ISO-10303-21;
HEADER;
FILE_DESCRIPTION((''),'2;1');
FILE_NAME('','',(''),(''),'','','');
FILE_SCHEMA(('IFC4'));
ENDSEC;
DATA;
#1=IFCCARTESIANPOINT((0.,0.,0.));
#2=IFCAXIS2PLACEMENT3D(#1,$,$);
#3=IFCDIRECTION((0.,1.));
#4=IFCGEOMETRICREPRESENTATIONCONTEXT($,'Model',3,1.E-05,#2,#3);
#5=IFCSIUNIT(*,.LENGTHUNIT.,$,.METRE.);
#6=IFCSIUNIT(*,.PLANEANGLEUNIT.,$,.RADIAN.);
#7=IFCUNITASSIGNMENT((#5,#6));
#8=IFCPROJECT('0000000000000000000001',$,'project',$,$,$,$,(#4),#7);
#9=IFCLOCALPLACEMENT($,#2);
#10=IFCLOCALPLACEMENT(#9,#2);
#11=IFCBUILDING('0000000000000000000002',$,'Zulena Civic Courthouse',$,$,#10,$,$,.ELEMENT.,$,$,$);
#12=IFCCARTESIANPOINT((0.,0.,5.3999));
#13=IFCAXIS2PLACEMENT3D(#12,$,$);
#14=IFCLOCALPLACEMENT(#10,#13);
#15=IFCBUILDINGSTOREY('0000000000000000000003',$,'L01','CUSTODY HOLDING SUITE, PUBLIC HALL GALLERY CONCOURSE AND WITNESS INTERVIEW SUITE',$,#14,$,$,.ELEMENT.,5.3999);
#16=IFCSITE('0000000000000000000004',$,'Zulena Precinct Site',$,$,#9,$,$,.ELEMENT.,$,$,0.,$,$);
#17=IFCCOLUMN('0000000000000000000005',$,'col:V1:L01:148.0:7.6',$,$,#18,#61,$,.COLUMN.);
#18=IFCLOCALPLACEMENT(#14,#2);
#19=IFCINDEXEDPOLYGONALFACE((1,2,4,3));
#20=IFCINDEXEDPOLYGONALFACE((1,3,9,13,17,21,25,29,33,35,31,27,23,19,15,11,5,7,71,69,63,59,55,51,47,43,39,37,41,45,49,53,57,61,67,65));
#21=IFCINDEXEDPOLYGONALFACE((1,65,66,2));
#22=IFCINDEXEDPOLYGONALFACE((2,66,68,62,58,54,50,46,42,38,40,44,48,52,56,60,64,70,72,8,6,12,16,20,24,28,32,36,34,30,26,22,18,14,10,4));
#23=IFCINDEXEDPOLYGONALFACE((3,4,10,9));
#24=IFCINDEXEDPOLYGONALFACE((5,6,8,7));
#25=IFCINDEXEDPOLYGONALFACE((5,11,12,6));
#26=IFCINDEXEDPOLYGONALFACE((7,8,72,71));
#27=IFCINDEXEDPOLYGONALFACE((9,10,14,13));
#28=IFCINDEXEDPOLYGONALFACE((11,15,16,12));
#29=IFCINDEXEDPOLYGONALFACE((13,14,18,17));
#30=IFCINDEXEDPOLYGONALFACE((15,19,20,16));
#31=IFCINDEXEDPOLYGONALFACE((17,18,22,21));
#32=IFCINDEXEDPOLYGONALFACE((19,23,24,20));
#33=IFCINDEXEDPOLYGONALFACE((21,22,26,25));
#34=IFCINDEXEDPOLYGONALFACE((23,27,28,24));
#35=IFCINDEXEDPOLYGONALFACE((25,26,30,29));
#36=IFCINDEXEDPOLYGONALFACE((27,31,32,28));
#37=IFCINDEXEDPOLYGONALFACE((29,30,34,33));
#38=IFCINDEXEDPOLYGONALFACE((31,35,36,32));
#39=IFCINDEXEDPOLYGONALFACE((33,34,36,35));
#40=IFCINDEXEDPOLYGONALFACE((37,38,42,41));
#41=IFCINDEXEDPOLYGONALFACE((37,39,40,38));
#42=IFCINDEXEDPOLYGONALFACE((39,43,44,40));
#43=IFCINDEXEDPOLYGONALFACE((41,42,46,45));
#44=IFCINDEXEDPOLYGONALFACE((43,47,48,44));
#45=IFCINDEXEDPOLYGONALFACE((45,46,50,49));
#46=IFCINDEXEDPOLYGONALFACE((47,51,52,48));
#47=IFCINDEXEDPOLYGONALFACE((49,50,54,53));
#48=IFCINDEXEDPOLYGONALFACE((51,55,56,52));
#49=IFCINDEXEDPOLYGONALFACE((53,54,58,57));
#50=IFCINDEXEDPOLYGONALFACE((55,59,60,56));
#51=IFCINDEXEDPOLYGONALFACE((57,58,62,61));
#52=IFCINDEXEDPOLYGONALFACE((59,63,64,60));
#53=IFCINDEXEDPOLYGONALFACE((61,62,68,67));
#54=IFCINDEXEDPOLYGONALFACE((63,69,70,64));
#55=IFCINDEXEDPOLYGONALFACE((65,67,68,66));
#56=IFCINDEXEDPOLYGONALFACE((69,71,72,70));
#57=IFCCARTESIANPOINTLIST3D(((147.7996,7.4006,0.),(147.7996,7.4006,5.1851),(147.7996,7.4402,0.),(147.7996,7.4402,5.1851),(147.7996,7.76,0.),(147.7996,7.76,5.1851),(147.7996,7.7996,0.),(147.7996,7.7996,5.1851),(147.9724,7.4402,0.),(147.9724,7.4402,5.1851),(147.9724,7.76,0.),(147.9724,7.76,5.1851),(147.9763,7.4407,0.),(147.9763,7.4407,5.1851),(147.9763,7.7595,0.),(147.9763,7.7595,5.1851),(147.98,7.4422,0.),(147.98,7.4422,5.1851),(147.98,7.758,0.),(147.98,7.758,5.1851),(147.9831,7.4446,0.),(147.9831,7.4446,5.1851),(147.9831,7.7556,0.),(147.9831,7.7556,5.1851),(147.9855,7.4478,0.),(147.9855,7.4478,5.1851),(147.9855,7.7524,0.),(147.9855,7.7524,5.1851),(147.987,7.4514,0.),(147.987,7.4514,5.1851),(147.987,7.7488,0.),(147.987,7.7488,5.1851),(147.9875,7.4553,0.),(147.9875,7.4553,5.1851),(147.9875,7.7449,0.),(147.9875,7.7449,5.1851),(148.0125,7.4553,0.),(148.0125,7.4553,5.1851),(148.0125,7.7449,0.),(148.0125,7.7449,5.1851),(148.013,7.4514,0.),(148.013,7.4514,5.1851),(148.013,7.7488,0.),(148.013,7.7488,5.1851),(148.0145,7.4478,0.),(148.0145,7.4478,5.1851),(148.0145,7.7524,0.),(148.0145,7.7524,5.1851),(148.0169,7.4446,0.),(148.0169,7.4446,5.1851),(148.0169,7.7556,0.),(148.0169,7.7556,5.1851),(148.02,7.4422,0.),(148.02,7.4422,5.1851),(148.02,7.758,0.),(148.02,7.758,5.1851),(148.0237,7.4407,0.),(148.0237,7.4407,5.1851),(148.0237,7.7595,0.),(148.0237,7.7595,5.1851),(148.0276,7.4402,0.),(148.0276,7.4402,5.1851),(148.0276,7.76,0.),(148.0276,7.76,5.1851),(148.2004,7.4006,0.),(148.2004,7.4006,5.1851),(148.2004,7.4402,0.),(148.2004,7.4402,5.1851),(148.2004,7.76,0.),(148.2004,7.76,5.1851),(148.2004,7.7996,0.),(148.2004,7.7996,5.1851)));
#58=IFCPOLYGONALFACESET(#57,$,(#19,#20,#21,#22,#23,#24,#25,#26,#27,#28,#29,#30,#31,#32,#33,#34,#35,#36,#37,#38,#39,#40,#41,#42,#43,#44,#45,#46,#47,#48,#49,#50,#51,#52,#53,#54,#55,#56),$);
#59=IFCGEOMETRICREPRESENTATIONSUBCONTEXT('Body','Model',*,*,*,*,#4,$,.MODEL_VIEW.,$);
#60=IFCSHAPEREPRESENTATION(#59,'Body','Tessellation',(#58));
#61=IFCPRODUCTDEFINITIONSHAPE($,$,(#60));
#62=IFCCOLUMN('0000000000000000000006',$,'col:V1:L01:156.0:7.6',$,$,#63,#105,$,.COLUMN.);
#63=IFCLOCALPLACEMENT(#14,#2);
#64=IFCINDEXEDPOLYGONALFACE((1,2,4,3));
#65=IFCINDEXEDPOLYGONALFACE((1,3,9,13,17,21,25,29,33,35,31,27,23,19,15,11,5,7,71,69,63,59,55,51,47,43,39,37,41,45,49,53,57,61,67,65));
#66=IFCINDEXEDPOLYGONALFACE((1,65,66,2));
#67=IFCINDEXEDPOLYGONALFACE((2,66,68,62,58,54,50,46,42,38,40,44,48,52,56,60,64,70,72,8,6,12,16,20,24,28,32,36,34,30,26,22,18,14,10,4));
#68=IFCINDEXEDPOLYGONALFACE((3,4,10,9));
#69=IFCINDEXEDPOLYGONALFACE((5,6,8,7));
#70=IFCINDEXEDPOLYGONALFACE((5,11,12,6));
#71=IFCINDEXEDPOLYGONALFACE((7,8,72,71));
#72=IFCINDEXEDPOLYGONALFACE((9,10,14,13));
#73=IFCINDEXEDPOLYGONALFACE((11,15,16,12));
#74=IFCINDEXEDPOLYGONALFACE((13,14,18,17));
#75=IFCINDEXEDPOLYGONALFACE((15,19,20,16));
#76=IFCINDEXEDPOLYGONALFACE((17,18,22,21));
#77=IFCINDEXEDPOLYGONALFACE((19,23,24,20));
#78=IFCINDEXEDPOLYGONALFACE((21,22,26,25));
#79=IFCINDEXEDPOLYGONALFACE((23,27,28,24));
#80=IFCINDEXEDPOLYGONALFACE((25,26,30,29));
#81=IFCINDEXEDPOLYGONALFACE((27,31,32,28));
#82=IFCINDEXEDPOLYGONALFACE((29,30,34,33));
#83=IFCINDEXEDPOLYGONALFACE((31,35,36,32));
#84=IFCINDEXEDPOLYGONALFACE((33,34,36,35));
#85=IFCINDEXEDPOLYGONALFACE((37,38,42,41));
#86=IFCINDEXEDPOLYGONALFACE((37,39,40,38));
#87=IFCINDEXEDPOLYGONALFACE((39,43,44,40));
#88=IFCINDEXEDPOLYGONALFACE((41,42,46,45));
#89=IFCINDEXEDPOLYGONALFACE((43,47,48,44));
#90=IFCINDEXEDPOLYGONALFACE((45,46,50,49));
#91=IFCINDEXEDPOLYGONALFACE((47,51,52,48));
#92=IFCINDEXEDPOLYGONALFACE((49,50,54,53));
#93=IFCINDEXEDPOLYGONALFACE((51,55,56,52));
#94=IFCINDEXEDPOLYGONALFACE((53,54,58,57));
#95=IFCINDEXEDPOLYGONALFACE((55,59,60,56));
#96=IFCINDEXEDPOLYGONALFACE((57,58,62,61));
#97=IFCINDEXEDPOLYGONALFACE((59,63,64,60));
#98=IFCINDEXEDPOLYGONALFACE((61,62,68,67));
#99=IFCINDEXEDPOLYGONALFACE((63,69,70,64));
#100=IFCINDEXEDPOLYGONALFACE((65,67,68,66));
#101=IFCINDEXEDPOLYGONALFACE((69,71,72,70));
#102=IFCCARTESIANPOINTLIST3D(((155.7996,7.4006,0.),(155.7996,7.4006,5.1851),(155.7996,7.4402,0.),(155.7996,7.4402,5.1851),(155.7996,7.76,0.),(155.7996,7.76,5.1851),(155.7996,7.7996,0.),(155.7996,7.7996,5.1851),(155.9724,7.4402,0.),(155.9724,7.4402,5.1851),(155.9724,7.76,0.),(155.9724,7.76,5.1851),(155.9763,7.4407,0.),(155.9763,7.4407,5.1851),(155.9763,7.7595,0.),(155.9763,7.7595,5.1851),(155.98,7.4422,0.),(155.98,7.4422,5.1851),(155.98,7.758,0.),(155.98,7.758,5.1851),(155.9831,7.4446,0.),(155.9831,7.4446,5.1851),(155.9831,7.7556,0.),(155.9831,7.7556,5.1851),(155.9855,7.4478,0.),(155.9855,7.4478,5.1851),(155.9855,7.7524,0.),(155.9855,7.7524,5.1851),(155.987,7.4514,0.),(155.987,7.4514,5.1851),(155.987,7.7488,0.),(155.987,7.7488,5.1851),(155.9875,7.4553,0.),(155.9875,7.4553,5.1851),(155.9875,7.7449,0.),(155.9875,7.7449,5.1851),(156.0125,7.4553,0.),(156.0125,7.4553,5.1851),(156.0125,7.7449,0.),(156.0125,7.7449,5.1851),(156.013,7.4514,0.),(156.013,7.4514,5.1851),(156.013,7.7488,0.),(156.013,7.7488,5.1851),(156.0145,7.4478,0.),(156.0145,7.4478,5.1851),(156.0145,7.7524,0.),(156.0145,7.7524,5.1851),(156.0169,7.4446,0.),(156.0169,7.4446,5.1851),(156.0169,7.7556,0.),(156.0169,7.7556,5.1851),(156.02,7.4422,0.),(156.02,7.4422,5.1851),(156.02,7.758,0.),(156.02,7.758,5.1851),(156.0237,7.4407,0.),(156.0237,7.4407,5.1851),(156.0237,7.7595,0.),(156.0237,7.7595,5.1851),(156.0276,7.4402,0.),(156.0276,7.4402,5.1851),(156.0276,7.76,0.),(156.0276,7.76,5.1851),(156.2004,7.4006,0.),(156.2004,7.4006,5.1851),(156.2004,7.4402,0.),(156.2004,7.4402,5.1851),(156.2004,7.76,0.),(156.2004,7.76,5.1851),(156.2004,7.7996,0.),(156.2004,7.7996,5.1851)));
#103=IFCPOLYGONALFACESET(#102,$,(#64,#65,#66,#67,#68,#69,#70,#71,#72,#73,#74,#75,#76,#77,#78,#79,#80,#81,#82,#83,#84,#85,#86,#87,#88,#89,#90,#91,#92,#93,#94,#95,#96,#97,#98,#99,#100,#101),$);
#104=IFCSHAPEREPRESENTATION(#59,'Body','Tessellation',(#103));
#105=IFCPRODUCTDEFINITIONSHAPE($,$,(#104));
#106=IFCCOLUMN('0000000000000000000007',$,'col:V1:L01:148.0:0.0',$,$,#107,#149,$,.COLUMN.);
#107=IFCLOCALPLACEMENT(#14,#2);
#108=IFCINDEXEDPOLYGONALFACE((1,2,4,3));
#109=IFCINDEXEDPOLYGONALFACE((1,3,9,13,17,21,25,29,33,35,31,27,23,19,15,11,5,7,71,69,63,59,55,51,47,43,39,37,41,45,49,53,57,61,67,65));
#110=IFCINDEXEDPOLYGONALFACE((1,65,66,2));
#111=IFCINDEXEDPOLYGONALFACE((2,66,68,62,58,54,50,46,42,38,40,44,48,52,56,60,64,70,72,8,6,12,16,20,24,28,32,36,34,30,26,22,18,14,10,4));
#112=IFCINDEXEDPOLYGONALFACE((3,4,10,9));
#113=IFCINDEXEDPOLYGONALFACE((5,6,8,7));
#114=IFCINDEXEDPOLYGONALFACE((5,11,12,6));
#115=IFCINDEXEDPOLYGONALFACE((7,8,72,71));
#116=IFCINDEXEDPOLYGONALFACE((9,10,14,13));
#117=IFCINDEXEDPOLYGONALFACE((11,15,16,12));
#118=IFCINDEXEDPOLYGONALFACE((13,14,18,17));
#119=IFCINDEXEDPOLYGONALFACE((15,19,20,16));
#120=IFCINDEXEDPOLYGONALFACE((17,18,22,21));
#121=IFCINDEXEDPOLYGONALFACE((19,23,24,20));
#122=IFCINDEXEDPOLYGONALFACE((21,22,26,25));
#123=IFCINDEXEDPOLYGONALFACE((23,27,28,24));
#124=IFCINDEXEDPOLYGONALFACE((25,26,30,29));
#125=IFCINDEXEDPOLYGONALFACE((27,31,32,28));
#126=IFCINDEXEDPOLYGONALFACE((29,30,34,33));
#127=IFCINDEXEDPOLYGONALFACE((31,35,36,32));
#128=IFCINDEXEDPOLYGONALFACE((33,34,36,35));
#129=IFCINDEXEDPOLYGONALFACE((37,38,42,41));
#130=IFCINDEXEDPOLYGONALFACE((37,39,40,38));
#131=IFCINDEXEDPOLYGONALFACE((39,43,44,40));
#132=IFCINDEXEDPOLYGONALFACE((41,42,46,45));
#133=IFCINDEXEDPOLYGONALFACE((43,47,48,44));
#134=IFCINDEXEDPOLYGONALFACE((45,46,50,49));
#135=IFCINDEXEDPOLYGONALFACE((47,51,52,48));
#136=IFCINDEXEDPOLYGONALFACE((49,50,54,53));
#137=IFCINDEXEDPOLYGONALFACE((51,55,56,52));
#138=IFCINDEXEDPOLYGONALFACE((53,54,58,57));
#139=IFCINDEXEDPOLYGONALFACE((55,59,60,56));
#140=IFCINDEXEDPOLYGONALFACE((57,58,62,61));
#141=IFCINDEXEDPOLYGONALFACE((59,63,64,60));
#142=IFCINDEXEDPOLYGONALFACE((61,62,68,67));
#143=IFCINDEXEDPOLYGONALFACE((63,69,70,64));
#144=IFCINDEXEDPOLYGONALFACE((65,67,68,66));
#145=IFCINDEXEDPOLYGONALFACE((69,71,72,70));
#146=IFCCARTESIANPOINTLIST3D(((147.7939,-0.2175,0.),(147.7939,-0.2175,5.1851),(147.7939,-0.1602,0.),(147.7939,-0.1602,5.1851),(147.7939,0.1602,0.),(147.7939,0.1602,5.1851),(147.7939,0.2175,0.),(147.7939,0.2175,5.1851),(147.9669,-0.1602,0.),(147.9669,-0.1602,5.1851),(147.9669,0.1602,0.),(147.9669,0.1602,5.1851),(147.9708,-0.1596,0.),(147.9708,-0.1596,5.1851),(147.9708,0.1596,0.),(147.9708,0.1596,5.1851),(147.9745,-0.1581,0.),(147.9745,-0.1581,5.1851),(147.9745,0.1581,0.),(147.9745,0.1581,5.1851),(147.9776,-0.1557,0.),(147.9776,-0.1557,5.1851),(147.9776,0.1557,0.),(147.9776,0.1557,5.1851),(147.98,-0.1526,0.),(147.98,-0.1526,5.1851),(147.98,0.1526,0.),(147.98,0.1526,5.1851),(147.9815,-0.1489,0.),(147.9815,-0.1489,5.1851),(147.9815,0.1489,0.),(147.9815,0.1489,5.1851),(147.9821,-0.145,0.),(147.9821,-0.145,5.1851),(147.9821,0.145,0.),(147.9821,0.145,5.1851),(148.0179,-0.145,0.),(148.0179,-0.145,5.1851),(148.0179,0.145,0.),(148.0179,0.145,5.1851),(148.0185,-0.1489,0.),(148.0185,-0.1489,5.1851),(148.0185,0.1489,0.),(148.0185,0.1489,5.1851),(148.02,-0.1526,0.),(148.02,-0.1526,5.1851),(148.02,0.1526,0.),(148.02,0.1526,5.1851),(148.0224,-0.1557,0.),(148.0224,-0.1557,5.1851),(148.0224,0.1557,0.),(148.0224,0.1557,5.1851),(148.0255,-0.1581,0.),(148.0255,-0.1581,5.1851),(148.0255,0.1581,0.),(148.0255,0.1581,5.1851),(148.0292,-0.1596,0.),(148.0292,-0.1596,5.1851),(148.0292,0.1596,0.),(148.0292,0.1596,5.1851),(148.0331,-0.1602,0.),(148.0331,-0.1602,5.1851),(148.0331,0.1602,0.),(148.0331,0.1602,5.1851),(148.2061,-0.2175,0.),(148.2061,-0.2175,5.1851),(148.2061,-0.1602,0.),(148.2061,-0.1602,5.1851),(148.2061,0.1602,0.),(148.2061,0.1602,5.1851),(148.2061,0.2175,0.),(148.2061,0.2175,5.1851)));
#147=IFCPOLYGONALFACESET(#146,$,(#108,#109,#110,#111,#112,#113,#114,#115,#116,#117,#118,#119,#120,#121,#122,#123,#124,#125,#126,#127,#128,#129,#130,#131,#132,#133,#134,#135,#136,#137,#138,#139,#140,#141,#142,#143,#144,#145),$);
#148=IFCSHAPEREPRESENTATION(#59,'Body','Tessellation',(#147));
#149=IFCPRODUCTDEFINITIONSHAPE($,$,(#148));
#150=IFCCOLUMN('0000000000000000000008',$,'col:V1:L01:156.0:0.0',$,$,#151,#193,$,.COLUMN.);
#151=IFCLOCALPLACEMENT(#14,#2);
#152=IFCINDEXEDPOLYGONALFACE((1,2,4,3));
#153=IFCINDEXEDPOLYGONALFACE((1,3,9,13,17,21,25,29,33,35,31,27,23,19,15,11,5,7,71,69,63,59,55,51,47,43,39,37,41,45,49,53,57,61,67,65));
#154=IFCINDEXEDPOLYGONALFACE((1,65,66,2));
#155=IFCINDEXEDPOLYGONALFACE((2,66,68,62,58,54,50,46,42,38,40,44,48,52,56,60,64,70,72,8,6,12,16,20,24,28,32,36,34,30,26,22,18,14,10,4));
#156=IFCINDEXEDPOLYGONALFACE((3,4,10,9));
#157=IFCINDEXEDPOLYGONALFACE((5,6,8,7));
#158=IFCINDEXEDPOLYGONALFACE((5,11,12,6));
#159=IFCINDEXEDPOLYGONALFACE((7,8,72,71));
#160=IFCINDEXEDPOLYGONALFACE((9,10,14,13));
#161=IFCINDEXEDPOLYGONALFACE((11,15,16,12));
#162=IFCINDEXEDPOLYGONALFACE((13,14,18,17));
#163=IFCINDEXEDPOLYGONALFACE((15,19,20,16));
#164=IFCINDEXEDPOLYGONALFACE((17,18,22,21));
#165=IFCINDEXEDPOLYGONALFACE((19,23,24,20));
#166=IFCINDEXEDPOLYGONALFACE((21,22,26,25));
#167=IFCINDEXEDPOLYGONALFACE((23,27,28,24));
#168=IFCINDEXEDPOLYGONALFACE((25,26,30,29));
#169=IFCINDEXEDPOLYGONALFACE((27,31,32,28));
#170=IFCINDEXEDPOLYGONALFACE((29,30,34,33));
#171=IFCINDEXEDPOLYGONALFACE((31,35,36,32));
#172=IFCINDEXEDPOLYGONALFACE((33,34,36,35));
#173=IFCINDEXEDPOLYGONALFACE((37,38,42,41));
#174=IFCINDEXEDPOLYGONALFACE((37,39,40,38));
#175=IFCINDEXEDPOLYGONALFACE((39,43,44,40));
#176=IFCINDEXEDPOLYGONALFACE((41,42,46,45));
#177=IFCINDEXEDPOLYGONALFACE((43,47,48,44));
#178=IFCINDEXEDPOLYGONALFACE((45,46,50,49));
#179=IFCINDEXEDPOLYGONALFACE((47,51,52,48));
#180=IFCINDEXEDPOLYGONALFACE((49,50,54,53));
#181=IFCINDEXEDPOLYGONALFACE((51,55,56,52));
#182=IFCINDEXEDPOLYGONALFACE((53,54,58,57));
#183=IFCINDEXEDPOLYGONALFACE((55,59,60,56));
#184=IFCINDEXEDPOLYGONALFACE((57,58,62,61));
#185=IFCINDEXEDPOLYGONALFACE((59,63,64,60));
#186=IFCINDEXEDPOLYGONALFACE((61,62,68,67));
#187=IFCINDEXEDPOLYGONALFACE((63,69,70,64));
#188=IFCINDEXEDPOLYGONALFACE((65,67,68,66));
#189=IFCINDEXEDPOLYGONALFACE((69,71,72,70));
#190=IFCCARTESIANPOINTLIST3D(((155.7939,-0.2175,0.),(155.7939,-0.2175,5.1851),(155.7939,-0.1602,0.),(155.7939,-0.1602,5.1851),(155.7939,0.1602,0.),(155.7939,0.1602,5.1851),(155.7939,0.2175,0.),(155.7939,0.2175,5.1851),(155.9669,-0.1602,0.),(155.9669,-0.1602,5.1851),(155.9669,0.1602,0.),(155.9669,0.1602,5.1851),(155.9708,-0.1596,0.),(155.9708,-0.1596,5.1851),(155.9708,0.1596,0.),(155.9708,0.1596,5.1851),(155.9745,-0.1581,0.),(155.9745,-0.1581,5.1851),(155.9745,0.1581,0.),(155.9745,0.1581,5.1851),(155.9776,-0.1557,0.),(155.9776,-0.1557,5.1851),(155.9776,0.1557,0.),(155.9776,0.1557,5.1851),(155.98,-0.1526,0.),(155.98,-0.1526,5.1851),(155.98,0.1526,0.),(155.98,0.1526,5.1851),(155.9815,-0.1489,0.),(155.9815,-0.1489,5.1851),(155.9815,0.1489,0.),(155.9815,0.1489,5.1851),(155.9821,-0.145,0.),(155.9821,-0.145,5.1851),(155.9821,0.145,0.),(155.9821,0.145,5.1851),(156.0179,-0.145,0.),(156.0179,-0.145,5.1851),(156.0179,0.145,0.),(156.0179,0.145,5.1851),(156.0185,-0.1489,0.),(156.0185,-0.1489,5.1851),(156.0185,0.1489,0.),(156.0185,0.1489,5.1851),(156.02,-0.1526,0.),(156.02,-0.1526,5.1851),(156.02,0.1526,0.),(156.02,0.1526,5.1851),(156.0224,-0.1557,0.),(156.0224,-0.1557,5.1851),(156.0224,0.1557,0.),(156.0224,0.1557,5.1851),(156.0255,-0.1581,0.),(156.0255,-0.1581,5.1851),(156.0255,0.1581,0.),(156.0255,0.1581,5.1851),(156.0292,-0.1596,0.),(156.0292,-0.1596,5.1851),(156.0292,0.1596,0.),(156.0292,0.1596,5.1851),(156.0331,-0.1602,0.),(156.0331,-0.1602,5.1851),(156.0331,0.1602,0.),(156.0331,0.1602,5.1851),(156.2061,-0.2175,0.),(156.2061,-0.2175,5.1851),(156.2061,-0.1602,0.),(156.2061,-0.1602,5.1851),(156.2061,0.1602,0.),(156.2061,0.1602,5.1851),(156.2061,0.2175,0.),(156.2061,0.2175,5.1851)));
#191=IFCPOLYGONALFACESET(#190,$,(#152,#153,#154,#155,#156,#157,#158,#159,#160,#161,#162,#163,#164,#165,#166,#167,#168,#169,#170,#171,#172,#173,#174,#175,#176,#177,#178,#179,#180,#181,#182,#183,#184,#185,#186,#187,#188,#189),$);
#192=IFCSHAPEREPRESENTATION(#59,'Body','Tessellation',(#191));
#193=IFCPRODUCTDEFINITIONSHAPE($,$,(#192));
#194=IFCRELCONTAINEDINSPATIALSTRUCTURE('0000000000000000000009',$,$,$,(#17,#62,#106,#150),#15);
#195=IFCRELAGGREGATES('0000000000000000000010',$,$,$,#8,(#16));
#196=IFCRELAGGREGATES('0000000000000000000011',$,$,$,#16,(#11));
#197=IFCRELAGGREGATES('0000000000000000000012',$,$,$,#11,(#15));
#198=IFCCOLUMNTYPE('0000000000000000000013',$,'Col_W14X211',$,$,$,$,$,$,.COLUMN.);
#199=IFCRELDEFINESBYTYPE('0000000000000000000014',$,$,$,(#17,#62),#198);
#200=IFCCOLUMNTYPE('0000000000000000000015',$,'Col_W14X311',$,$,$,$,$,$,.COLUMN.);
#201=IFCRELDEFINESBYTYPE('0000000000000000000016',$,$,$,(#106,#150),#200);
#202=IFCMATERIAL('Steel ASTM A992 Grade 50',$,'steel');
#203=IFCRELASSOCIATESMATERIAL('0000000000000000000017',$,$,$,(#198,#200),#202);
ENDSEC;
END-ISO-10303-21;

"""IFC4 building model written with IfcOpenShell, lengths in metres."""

from ifc_helpers import new_model, si_unit, direction, frame, origin, origin_2d, place, context, subcontext, project, spatial, i_section, extrude, material, material_profile, profile_set, type_object, element, save


model = new_model("IFC4")

# Units and contexts
model_context = context("Model", 3, precision=1e-05, world=origin(), true_north=direction((0.0, 1.0)))
body_context = subcontext(model_context, "Body", "Model", "MODEL_VIEW")
ifc_project = project(units=[si_unit("LENGTHUNIT", "METRE"), si_unit("PLANEANGLEUNIT", "RADIAN")], contexts=[model_context])

# Site, building, storey
site_placement = place(None, origin())
site = spatial("IfcSite", under=ifc_project, at=site_placement, Name="Zulena Precinct Site", CompositionType="ELEMENT", RefElevation=0.0)
building_placement = place(site_placement, origin())
building = spatial("IfcBuilding", under=site, at=building_placement, Name="Zulena Civic Courthouse", CompositionType="ELEMENT")
storey_placement = place(building_placement, frame((0.0, 0.0, 5.3999)))
storey = spatial("IfcBuildingStorey", under=building, at=storey_placement, Name="L01", Description="CUSTODY HOLDING SUITE, PUBLIC HALL GALLERY CONCOURSE AND WITNESS INTERVIEW SUITE", CompositionType="ELEMENT", Elevation=5.3999)

# Columns
ifc_material_1 = material(Name="Steel ASTM A992 Grade 50", Category="steel")
ifc_material_profile_1 = material_profile(ifc_material_1, i_section(OverallWidth=0.4009, OverallDepth=0.3989, WebThickness=0.0249, FlangeThickness=0.0396, FilletRadius=0.0151, at=origin_2d()), Name="W14X211")
ifc_profile_set_1 = profile_set([ifc_material_profile_1], Name="Steel ASTM A992 Grade 50")
column_type_1 = type_object("IfcColumnType", Name="Col_W14X211", PredefinedType="COLUMN", material=ifc_profile_set_1)
for number, where, z_axis, x_axis, name in (
    (1, (148.0, 7.6001, 0.0), (0.0, 0.0, 1.0), (1.0, 0.0, 0.0), "col:V1:L01:148.0:7.6"),
    (2, (156.0, 7.6001, 0.0), (0.0, 0.0, 1.0), (1.0, 0.0, 0.0), "col:V1:L01:156.0:7.6"),
):
    element("IfcColumn", number, at=place(storey_placement, frame(where, z_axis=z_axis, x_axis=x_axis)), inside=storey, type_object=column_type_1, Name=name, PredefinedType="COLUMN", context=body_context, shape_type="SweptSolid", body=[
        extrude(i_section(OverallWidth=0.4009, OverallDepth=0.3989, WebThickness=0.0249, FlangeThickness=0.0396, FilletRadius=0.0151, at=origin_2d()), origin(), (0.0, 0.0, 1.0), 5.1851),
    ])
ifc_material_profile_2 = material_profile(ifc_material_1, i_section(OverallWidth=0.4121, OverallDepth=0.4351, WebThickness=0.0359, FlangeThickness=0.0574, FilletRadius=0.0151, at=origin_2d()), Name="W14X311")
ifc_profile_set_2 = profile_set([ifc_material_profile_2], Name="Steel ASTM A992 Grade 50")
column_type_2 = type_object("IfcColumnType", Name="Col_W14X311", PredefinedType="COLUMN", material=ifc_profile_set_2)
for number, where, z_axis, x_axis, name in (
    (3, (148.0, 0.0, 0.0), (0.0, 0.0, 1.0), (1.0, 0.0, 0.0), "col:V1:L01:148.0:0.0"),
    (4, (156.0, 0.0, 0.0), (0.0, 0.0, 1.0), (1.0, 0.0, 0.0), "col:V1:L01:156.0:0.0"),
):
    element("IfcColumn", number, at=place(storey_placement, frame(where, z_axis=z_axis, x_axis=x_axis)), inside=storey, type_object=column_type_2, Name=name, PredefinedType="COLUMN", context=body_context, shape_type="SweptSolid", body=[
        extrude(i_section(OverallWidth=0.4121, OverallDepth=0.4351, WebThickness=0.0359, FlangeThickness=0.0574, FilletRadius=0.0151, at=origin_2d()), origin(), (0.0, 0.0, 1.0), 5.1851),
    ])

save(model, "model.ifc")
